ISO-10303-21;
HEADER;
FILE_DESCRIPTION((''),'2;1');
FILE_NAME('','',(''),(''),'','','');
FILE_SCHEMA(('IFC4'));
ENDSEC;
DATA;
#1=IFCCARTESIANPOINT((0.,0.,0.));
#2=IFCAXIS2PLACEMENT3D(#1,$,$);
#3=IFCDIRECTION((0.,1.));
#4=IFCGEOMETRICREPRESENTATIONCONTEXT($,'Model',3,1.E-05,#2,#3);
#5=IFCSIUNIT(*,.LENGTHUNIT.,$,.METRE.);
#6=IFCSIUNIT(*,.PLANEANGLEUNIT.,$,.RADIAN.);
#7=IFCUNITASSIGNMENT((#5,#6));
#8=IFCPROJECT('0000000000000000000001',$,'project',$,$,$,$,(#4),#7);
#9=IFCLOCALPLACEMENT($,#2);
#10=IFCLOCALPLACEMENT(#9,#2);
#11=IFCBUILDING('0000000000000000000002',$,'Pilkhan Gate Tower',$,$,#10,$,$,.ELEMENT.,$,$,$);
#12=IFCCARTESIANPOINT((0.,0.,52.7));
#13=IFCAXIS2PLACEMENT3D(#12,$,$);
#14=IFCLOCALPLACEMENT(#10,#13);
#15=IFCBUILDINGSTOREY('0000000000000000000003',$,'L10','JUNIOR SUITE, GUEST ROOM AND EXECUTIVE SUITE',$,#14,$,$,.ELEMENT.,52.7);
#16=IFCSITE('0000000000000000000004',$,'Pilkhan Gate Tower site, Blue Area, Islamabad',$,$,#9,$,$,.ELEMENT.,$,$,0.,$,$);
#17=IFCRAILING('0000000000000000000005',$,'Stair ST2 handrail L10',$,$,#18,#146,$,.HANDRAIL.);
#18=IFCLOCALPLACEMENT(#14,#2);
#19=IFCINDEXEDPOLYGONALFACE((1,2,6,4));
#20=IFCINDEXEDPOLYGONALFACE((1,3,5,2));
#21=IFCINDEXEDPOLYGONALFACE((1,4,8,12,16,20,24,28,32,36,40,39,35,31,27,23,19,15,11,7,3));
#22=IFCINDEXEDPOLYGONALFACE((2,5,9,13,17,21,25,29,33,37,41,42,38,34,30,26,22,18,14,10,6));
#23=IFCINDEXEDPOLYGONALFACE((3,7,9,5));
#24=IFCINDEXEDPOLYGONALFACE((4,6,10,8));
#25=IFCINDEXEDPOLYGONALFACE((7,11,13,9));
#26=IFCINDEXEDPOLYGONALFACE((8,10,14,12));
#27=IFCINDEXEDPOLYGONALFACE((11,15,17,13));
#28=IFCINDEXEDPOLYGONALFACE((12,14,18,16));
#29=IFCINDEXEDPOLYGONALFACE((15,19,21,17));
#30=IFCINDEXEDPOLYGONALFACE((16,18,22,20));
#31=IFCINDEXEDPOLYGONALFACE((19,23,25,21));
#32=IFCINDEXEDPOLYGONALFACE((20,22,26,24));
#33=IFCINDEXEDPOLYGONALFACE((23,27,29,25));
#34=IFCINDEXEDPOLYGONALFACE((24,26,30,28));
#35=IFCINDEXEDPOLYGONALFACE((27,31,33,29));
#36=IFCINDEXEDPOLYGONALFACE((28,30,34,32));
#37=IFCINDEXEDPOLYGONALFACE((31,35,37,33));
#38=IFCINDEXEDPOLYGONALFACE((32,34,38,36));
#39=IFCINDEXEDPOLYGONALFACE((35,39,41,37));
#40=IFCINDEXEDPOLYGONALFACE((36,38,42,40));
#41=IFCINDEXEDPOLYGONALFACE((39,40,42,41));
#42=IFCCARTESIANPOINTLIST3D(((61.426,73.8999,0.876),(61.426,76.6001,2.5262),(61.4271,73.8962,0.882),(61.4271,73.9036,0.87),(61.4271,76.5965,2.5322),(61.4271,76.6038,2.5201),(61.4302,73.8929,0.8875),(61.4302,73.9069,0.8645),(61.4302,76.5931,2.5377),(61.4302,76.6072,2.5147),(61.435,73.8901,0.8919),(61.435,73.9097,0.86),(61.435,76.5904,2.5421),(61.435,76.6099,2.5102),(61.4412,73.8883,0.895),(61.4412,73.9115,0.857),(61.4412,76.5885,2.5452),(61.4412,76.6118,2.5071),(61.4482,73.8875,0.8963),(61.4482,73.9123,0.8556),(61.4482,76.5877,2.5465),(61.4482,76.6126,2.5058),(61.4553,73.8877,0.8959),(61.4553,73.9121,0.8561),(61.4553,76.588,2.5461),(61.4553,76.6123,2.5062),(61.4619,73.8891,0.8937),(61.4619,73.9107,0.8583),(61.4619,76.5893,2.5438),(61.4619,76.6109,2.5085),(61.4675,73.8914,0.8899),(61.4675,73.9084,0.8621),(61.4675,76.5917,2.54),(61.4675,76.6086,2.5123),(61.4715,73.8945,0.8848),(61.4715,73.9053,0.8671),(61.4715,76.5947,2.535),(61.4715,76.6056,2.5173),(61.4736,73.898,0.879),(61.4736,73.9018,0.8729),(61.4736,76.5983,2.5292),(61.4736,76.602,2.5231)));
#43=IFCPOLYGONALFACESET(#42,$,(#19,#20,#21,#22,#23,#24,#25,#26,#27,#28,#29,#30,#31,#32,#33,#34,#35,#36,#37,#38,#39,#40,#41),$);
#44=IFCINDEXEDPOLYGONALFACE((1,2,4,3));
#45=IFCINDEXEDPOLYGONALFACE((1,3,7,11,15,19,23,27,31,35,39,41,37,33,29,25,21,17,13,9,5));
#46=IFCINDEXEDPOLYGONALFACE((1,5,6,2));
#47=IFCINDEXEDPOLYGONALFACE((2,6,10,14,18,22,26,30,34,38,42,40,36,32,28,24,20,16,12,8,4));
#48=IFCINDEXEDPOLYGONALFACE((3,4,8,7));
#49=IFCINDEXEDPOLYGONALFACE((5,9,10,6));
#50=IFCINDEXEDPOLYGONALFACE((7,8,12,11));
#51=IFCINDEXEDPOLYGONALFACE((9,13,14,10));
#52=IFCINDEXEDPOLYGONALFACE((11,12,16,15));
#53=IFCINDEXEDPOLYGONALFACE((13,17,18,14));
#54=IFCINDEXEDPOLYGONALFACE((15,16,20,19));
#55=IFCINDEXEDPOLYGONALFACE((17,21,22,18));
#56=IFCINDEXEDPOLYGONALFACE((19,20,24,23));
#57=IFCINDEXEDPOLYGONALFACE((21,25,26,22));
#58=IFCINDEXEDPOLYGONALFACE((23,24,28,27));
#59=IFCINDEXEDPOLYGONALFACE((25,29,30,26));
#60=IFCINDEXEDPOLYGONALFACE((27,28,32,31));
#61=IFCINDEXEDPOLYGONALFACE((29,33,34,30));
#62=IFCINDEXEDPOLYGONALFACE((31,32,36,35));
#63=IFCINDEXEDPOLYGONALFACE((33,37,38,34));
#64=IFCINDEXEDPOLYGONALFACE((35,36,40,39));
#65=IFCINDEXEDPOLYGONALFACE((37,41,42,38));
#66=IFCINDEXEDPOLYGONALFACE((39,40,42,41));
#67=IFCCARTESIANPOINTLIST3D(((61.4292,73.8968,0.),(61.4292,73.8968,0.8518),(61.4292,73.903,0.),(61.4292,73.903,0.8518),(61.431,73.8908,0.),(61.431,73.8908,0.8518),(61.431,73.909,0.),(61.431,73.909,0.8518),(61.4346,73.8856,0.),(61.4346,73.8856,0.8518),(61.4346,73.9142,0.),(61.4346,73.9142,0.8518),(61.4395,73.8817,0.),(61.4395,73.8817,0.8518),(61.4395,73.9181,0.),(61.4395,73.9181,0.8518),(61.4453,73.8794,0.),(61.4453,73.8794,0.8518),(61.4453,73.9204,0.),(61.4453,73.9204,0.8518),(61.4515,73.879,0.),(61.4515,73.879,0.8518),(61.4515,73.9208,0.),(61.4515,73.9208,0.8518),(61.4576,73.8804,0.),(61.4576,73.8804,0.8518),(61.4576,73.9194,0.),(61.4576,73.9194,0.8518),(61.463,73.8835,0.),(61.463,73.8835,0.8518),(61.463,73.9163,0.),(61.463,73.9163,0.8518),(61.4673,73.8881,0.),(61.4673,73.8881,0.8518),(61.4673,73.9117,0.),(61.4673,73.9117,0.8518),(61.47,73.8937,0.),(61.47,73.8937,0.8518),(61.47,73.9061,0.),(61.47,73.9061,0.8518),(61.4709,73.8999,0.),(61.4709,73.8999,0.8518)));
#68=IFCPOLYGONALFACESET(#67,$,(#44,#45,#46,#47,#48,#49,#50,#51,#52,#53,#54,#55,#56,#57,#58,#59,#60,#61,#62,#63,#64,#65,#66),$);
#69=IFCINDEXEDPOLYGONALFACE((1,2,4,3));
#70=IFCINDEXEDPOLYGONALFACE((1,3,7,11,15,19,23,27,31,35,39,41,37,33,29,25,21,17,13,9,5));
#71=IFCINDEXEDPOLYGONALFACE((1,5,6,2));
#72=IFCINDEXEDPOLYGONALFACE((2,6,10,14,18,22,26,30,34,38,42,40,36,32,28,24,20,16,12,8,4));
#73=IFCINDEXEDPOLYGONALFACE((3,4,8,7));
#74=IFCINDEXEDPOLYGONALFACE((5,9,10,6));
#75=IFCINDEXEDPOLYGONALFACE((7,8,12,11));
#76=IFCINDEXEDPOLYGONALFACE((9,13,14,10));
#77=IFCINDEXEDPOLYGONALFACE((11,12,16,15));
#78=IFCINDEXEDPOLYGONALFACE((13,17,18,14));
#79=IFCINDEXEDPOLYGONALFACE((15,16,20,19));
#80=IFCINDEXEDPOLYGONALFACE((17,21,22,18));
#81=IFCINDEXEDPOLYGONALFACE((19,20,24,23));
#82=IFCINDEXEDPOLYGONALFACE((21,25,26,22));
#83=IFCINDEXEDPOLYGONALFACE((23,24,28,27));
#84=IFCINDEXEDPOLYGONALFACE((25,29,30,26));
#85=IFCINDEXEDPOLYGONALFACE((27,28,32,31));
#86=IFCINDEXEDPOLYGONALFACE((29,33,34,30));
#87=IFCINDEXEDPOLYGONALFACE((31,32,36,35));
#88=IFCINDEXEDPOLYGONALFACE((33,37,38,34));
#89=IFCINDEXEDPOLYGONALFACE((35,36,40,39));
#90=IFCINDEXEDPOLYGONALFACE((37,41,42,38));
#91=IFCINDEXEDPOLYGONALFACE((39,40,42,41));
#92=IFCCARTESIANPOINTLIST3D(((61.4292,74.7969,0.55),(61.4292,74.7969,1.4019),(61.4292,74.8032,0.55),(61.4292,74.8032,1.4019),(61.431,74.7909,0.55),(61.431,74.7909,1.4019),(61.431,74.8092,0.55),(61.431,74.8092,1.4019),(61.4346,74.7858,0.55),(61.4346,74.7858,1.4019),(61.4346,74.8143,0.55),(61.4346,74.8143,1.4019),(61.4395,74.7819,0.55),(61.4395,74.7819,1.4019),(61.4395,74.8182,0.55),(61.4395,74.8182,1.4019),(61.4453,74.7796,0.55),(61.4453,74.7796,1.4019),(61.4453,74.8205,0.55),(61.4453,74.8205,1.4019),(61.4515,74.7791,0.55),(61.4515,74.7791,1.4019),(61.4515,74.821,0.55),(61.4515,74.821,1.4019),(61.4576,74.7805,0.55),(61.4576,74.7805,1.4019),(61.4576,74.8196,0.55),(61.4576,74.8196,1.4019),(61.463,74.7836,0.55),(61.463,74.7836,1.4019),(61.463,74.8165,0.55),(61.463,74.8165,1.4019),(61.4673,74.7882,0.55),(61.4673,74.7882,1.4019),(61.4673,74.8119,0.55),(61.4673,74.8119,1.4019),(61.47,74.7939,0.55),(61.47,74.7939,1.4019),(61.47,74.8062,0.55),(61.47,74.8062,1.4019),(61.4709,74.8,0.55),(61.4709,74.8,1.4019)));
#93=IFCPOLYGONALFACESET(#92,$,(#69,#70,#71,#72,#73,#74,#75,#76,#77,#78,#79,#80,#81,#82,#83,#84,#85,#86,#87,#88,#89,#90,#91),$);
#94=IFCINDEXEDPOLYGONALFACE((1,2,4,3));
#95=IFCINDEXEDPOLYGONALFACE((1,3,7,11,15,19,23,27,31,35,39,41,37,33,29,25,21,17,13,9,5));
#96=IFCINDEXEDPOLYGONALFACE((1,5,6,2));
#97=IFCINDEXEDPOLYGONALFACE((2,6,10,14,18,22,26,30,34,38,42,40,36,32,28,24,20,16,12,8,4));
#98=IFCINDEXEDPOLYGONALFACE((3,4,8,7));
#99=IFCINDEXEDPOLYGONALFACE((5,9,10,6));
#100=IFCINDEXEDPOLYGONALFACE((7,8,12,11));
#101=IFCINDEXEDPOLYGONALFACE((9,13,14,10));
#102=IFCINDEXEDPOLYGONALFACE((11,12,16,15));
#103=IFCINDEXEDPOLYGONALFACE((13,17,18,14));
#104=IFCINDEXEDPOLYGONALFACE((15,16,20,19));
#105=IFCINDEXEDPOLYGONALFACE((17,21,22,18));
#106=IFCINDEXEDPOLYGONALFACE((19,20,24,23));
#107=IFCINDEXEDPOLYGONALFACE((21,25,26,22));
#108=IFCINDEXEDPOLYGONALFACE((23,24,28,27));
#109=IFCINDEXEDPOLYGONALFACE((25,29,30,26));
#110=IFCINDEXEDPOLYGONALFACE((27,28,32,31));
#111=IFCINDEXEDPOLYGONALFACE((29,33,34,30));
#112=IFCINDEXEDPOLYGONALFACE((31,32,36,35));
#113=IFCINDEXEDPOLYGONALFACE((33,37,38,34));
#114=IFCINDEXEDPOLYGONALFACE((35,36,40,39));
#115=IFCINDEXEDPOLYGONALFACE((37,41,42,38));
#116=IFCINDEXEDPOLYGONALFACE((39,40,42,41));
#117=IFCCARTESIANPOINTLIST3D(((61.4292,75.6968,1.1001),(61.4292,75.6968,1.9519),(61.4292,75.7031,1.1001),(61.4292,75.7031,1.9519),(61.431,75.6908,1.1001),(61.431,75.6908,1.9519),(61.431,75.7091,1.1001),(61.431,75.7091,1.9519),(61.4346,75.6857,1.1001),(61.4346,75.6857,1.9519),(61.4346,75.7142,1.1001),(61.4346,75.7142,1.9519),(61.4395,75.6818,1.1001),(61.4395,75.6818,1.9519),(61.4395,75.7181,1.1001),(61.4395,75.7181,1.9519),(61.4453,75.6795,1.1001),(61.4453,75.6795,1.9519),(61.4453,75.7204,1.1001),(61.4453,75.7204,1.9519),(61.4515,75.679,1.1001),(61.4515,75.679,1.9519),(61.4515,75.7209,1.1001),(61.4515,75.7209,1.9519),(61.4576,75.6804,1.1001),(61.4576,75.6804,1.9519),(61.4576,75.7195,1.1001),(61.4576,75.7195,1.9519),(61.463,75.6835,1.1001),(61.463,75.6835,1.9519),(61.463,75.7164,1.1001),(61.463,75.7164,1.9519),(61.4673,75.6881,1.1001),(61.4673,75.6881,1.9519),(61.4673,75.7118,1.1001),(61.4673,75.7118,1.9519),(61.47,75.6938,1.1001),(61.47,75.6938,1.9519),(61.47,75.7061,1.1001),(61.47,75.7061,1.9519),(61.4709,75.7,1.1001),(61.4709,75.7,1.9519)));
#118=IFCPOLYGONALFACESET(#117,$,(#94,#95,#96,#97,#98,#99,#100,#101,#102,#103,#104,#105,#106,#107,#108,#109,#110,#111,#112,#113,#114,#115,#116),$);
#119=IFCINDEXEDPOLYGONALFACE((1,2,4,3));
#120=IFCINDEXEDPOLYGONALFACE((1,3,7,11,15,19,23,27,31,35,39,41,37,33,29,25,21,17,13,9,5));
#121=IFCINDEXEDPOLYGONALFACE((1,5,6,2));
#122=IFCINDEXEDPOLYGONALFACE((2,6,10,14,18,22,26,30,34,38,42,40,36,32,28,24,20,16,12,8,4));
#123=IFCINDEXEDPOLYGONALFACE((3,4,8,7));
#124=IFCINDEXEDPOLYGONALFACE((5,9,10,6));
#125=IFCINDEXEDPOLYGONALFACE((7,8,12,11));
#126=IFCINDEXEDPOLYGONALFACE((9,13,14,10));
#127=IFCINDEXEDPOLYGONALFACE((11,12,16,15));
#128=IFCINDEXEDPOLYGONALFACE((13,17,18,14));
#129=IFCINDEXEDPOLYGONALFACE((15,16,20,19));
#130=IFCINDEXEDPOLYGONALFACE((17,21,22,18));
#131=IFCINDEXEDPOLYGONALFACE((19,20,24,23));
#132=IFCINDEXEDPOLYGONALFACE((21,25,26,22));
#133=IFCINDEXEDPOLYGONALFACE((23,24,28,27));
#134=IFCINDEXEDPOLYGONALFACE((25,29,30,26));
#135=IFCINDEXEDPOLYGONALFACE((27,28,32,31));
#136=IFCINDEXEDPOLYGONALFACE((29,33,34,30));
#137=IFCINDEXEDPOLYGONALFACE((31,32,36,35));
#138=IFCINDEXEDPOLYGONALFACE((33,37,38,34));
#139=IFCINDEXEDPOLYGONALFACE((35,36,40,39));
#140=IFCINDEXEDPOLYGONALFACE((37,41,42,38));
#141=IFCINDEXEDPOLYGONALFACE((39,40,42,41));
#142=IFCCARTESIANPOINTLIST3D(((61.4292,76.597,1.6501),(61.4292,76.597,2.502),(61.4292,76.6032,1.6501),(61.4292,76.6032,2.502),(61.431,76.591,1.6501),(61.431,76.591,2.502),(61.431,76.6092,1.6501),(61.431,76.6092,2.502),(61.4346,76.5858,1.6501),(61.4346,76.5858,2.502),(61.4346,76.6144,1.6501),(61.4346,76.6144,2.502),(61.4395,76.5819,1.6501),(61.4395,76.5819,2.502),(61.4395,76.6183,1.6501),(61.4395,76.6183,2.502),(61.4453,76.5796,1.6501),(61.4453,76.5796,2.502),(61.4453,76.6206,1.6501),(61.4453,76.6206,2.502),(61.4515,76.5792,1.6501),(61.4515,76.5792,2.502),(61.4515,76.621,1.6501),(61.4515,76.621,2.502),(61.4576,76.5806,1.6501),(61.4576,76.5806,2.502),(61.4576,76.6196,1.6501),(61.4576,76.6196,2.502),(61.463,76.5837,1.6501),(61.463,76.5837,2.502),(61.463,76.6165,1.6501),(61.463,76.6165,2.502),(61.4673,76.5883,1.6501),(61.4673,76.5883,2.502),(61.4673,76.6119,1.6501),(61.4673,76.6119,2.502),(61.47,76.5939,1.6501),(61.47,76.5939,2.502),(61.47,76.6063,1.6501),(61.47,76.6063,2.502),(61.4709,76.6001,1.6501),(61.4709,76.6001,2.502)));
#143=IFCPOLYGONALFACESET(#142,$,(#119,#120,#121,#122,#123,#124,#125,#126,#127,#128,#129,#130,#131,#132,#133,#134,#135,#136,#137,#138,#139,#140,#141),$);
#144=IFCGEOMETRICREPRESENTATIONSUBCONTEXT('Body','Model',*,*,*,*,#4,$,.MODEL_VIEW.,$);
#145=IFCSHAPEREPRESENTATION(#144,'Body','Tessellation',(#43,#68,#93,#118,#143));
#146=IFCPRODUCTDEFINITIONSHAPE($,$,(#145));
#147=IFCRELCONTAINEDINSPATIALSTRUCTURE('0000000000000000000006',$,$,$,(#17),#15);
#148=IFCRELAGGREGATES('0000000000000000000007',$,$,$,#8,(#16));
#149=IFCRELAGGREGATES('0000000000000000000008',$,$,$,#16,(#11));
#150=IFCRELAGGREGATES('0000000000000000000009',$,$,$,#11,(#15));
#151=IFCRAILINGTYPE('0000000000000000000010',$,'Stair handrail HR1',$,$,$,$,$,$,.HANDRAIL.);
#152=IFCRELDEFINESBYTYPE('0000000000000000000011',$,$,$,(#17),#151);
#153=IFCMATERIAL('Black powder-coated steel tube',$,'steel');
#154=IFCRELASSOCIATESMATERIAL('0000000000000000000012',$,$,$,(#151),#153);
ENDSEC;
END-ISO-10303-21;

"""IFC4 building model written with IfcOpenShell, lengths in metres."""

from ifc_helpers import new_model, si_unit, direction, frame, origin, origin_2d, place, context, subcontext, project, spatial, circle, extrude, material, type_object, element, save


model = new_model("IFC4")

# Units and contexts
model_context = context("Model", 3, precision=1e-05, world=origin(), true_north=direction((0.0, 1.0)))
body_context = subcontext(model_context, "Body", "Model", "MODEL_VIEW")
ifc_project = project(units=[si_unit("LENGTHUNIT", "METRE"), si_unit("PLANEANGLEUNIT", "RADIAN")], contexts=[model_context])

# Site, building, storey
site_placement = place(None, origin())
site = spatial("IfcSite", under=ifc_project, at=site_placement, Name="Pilkhan Gate Tower site, Blue Area, Islamabad", CompositionType="ELEMENT", RefElevation=0.0)
building_placement = place(site_placement, origin())
building = spatial("IfcBuilding", under=site, at=building_placement, Name="Pilkhan Gate Tower", CompositionType="ELEMENT")
storey_placement = place(building_placement, frame((0.0, 0.0, 52.7)))
storey = spatial("IfcBuildingStorey", under=building, at=storey_placement, Name="L10", Description="JUNIOR SUITE, GUEST ROOM AND EXECUTIVE SUITE", CompositionType="ELEMENT", Elevation=52.7)

# Railing
ifc_material_1 = material(Name="Black powder-coated steel tube", Category="steel")
railing_type_1 = type_object("IfcRailingType", Name="Stair handrail HR1", PredefinedType="HANDRAIL", material=ifc_material_1)
railing_1_placement = place(storey_placement, frame((61.45, 73.8999, 0.0)))
element("IfcRailing", 1, at=railing_1_placement, inside=storey, type_object=railing_type_1, Name="Stair ST2 handrail L10", PredefinedType="HANDRAIL", context=body_context, shape_type="SweptSolid", body=[
    extrude(circle(Radius=0.0239, at=origin_2d()), frame((0.0, 0.0, 0.876), z_axis=(0.0, 0.853278, 0.521456), x_axis=(-1.0, 0.0, 0.0)), (0.0, 0.0, 1.0), 3.1646),
    extrude(circle(Radius=0.021, at=origin_2d()), origin(), (0.0, 0.0, 1.0), 0.8518),
    extrude(circle(Radius=0.021, at=origin_2d()), frame((0.0, 0.9001, 0.55)), (0.0, 0.0, 1.0), 0.8518),
    extrude(circle(Radius=0.021, at=origin_2d()), frame((0.0, 1.8, 1.1001)), (0.0, 0.0, 1.0), 0.8518),
    extrude(circle(Radius=0.021, at=origin_2d()), frame((0.0, 2.7002, 1.6501)), (0.0, 0.0, 1.0), 0.8518),
])

save(model, "model.ifc")
